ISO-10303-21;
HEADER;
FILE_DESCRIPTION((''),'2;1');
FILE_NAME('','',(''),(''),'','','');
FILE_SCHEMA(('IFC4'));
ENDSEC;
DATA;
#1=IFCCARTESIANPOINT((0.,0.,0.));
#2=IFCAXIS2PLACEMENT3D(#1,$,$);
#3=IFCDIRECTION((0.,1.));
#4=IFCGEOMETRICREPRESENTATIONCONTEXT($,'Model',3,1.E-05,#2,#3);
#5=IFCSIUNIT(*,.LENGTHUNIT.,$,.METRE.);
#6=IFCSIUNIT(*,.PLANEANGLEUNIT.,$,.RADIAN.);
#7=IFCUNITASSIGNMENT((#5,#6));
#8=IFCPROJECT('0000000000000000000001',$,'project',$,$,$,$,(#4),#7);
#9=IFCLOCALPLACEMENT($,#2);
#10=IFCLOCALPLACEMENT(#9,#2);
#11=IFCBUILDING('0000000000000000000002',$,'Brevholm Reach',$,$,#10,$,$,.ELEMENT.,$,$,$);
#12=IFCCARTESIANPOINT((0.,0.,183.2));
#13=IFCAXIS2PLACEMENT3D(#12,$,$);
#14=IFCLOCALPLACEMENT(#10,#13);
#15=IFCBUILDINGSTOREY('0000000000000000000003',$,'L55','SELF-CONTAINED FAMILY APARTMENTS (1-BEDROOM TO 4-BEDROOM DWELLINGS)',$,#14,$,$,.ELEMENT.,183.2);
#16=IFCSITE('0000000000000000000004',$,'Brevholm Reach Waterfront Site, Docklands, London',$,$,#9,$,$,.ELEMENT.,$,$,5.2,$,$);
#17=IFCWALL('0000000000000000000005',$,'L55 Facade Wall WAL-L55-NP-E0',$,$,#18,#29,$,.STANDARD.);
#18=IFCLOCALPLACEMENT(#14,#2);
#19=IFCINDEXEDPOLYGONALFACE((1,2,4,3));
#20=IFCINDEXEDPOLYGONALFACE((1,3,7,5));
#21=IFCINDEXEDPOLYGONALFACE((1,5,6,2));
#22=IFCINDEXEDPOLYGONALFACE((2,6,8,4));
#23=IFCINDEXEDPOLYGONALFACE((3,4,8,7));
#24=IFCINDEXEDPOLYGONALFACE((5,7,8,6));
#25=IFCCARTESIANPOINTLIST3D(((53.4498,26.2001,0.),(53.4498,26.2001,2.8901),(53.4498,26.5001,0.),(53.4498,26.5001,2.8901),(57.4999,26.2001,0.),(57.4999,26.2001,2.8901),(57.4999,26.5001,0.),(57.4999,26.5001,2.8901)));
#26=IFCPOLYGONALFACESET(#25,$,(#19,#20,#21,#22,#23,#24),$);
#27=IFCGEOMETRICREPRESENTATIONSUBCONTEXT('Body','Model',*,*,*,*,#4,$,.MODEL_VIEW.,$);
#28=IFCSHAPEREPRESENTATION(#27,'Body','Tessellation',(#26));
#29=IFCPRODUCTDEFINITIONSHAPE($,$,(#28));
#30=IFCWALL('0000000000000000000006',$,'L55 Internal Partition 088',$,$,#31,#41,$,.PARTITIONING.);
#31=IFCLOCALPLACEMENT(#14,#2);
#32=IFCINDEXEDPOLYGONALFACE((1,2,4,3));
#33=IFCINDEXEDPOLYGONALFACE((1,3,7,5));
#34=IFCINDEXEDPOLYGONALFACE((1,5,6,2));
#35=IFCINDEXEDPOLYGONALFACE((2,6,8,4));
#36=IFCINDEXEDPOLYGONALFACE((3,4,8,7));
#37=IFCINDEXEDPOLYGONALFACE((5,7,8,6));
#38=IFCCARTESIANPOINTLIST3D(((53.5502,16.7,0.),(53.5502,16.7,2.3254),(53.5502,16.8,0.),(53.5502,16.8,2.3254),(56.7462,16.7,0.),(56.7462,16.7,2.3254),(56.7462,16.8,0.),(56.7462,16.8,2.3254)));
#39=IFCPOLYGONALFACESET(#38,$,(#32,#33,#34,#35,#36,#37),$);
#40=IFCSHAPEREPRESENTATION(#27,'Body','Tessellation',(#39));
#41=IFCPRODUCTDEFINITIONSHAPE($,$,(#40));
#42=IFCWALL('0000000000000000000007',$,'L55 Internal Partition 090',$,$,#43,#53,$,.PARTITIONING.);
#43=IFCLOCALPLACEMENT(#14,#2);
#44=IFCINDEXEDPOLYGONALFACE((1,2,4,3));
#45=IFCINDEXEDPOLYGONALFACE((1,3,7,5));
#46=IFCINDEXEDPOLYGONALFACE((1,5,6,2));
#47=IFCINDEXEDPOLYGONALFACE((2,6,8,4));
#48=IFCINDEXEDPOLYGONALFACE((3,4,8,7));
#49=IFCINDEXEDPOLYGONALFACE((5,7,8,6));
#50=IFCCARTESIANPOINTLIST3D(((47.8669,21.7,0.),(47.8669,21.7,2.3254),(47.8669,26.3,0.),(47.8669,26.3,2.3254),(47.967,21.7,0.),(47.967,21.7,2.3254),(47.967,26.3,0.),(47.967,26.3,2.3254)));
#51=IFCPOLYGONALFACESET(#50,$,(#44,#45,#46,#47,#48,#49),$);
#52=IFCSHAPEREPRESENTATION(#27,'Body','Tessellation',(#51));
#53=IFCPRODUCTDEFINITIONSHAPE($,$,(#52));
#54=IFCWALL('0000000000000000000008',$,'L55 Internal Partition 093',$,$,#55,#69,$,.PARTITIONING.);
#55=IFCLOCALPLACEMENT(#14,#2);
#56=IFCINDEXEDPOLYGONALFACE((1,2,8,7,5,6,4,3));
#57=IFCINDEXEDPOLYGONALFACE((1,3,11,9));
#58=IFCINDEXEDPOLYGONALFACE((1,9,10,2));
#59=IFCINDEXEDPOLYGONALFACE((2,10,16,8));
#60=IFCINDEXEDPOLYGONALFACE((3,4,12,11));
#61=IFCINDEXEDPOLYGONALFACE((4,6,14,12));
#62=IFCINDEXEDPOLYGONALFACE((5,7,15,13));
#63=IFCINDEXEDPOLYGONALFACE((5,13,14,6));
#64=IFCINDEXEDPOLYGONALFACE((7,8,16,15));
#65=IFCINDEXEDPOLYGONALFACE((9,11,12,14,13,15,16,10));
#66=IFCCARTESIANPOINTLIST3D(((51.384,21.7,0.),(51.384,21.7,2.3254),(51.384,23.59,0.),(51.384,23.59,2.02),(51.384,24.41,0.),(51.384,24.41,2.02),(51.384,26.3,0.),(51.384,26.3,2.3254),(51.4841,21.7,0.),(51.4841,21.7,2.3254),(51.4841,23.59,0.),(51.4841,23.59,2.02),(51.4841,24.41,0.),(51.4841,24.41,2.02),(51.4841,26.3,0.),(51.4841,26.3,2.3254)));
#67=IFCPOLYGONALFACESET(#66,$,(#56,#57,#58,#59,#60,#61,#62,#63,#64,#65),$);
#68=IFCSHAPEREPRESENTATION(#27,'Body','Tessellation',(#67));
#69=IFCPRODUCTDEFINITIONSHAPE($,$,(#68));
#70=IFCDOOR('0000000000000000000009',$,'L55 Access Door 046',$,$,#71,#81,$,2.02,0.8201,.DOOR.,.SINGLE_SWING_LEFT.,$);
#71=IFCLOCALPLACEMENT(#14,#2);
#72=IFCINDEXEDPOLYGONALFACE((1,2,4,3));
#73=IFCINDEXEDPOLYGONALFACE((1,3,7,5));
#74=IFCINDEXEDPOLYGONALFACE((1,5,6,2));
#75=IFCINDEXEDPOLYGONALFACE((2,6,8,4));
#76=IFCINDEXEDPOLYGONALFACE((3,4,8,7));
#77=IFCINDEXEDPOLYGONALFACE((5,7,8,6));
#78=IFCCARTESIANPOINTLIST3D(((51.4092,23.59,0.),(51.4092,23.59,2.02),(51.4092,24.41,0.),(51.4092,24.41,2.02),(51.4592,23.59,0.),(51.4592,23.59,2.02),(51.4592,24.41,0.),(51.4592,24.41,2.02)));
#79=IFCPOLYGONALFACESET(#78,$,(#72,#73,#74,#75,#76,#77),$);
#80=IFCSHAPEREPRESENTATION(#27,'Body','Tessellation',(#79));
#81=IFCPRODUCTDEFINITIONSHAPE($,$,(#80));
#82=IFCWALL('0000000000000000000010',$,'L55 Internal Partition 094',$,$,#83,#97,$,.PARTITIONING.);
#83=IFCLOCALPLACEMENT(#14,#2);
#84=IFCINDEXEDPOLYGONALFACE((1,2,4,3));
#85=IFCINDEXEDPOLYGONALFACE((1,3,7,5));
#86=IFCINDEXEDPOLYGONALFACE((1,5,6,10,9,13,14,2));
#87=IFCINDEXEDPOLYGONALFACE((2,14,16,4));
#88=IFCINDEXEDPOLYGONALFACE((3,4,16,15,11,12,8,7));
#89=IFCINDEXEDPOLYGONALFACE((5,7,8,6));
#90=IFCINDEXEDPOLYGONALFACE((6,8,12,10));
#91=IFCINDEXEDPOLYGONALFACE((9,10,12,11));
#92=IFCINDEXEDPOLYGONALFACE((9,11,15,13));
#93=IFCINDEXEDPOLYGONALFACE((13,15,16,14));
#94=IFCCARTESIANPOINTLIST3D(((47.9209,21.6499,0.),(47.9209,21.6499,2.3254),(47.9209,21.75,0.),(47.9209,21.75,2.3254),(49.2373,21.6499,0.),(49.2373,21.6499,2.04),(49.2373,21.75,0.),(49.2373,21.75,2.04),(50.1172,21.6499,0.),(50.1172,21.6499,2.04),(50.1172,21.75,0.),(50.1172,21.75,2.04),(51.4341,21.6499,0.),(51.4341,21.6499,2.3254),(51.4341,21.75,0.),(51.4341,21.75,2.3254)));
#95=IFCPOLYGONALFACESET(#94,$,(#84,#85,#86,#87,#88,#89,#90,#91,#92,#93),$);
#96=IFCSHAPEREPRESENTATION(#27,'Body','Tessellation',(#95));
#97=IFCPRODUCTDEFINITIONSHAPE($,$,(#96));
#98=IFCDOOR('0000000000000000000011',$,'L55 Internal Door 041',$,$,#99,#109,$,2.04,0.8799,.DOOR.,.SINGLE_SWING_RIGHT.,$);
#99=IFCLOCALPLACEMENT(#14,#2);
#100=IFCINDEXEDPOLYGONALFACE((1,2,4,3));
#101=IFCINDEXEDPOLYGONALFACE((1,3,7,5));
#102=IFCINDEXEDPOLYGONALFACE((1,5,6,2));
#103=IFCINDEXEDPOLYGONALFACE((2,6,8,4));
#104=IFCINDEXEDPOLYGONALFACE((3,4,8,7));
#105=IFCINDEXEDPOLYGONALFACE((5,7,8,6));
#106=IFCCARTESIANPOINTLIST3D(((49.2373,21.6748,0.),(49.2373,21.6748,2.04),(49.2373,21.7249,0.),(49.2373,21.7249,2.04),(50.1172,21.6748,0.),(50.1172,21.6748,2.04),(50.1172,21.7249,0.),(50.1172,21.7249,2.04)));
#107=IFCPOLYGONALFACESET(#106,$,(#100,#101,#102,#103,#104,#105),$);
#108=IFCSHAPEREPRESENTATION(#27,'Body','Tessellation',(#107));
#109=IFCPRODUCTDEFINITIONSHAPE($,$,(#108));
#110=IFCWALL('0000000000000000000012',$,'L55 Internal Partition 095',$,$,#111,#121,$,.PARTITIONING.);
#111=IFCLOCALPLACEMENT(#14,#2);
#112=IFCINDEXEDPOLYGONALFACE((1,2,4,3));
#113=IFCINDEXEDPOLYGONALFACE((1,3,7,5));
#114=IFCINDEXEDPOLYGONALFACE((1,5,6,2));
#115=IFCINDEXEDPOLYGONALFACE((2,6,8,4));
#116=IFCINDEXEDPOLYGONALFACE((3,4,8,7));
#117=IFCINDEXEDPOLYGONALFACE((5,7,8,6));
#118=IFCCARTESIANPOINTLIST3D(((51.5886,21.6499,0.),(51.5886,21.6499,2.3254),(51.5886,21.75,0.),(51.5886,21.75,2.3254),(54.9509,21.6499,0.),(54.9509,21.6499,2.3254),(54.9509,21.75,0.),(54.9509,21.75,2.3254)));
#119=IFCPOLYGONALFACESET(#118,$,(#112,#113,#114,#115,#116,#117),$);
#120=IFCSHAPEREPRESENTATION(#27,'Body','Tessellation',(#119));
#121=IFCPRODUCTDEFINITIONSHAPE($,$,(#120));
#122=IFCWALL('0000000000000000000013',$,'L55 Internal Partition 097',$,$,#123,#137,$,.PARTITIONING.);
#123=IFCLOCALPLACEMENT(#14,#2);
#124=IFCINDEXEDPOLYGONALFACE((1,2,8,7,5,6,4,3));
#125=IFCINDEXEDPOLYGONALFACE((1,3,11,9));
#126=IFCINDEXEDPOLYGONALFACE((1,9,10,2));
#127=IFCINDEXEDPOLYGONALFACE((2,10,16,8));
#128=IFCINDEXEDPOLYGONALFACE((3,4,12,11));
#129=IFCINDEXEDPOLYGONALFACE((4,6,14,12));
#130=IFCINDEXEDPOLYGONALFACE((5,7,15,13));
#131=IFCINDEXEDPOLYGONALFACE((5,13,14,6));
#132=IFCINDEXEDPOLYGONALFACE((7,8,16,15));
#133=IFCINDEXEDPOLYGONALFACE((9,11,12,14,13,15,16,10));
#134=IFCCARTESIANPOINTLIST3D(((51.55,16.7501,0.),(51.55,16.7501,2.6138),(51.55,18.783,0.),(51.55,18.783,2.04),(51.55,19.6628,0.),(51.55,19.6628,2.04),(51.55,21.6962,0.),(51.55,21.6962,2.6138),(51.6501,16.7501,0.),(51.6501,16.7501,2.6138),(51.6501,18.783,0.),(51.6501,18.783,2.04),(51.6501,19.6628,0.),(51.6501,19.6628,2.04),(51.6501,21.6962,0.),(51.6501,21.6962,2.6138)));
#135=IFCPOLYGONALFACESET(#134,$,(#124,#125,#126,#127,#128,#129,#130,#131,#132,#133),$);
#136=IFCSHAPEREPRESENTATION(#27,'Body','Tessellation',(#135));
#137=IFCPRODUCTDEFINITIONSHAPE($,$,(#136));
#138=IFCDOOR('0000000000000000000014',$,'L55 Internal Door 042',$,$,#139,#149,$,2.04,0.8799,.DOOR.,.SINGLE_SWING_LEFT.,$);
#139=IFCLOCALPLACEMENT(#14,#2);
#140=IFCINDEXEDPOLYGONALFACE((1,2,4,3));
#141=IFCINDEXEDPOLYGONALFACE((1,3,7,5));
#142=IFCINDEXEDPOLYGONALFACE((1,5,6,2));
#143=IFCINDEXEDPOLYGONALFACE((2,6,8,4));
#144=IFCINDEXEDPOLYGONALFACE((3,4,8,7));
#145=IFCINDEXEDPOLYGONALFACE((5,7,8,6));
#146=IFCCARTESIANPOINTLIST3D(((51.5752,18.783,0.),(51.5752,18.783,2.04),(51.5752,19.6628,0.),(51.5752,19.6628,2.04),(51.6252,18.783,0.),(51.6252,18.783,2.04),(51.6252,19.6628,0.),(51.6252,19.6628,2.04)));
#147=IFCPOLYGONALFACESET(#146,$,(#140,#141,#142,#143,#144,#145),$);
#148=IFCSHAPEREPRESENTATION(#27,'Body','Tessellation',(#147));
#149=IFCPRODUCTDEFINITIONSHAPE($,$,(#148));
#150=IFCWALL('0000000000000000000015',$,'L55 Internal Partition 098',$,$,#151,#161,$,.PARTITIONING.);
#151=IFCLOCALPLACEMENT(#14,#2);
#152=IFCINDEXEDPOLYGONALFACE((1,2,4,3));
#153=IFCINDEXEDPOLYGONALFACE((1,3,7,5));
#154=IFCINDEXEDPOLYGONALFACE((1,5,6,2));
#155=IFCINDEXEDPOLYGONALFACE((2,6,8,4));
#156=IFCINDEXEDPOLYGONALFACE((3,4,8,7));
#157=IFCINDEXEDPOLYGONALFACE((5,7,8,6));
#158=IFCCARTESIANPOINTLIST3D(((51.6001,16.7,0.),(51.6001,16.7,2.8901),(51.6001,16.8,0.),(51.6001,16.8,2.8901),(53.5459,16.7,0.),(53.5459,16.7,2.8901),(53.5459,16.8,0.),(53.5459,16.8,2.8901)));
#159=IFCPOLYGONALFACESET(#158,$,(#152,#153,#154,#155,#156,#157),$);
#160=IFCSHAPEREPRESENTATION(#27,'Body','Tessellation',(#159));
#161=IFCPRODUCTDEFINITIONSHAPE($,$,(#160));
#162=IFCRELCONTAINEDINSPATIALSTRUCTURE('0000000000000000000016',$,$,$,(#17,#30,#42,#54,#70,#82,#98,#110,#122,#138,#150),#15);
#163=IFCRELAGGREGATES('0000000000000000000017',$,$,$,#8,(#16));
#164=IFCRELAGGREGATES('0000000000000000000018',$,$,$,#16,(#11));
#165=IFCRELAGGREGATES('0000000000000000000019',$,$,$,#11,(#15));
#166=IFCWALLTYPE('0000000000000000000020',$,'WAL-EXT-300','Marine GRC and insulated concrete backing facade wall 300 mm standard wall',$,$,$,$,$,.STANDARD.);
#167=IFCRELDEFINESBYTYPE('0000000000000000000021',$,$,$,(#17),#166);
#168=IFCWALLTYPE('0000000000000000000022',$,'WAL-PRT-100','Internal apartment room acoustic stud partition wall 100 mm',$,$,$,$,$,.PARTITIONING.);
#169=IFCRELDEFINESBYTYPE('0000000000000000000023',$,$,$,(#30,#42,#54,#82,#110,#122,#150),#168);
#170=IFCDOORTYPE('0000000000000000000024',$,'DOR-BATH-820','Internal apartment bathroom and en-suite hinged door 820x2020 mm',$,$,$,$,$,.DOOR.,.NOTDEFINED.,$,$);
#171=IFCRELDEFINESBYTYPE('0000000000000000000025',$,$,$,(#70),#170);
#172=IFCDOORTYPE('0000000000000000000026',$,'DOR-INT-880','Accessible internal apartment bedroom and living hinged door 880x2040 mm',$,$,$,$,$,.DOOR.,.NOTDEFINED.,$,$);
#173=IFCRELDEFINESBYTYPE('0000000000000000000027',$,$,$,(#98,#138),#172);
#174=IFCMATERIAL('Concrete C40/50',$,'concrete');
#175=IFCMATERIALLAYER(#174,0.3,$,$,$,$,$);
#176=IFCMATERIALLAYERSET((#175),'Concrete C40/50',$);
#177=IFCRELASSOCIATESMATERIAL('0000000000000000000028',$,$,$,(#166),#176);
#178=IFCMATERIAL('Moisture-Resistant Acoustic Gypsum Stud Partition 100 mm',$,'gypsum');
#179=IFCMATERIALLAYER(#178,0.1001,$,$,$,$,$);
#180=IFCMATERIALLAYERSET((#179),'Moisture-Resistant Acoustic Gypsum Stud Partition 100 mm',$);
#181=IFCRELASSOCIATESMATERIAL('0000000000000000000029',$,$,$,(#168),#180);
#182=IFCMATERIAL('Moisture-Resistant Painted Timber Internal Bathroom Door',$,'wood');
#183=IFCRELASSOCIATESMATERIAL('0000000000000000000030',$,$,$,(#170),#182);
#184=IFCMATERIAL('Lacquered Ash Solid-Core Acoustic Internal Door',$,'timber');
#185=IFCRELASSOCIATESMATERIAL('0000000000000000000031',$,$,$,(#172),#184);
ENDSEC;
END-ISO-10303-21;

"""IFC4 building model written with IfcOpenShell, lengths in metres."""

from ifc_helpers import new_model, si_unit, direction, frame, frame_2d, origin, place, context, subcontext, project, spatial, rectangle, extrude, material, layer, layer_set, type_object, element, fill, save


model = new_model("IFC4")

# Units and contexts
model_context = context("Model", 3, precision=1e-05, world=origin(), true_north=direction((0.0, 1.0)))
body_context = subcontext(model_context, "Body", "Model", "MODEL_VIEW")
ifc_project = project(units=[si_unit("LENGTHUNIT", "METRE"), si_unit("PLANEANGLEUNIT", "RADIAN")], contexts=[model_context])

# Site, building, storey
site_placement = place(None, origin())
site = spatial("IfcSite", under=ifc_project, at=site_placement, Name="Brevholm Reach Waterfront Site, Docklands, London", CompositionType="ELEMENT", RefElevation=5.2)
building_placement = place(site_placement, origin())
building = spatial("IfcBuilding", under=site, at=building_placement, Name="Brevholm Reach", CompositionType="ELEMENT")
storey_placement = place(building_placement, frame((0.0, 0.0, 183.2)))
storey = spatial("IfcBuildingStorey", under=building, at=storey_placement, Name="L55", Description="SELF-CONTAINED FAMILY APARTMENTS (1-BEDROOM TO 4-BEDROOM DWELLINGS)", CompositionType="ELEMENT", Elevation=183.2)

# Walls
ifc_material_1 = material(Name="Concrete C40/50", Category="concrete")
ifc_layer_1 = layer(ifc_material_1, 0.3)
ifc_layer_set_1 = layer_set([ifc_layer_1], Name="Concrete C40/50")
wall_type_1 = type_object("IfcWallType", Name="WAL-EXT-300", Description="Marine GRC and insulated concrete backing facade wall 300 mm standard wall", PredefinedType="STANDARD", material=ifc_layer_set_1)
wall_1_placement = place(storey_placement, frame((53.45, 26.3501, 0.0), z_axis=(0.0, 0.0, 1.0), x_axis=(1.0, 0.0, 0.0)))
element("IfcWall", 1, at=wall_1_placement, inside=storey, type_object=wall_type_1, Name="L55 Facade Wall WAL-L55-NP-E0", PredefinedType="STANDARD", context=body_context, shape_type="SweptSolid", body=[
    extrude(rectangle(XDim=4.05, YDim=0.3, at=frame_2d((2.0249, 0.0))), origin(), (0.0, 0.0, 1.0), 2.8901),
])
ifc_material_2 = material(Name="Moisture-Resistant Acoustic Gypsum Stud Partition 100 mm", Category="gypsum")
ifc_layer_2 = layer(ifc_material_2, 0.1001)
ifc_layer_set_2 = layer_set([ifc_layer_2], Name="Moisture-Resistant Acoustic Gypsum Stud Partition 100 mm")
wall_type_2 = type_object("IfcWallType", Name="WAL-PRT-100", Description="Internal apartment room acoustic stud partition wall 100 mm", PredefinedType="PARTITIONING", material=ifc_layer_set_2)
wall_2_placement = place(storey_placement, frame((53.55, 16.75, 0.0), z_axis=(0.0, 0.0, 1.0), x_axis=(1.0, 0.0, 0.0)))
element("IfcWall", 2, at=wall_2_placement, inside=storey, type_object=wall_type_2, Name="L55 Internal Partition 088", PredefinedType="PARTITIONING", context=body_context, shape_type="SweptSolid", body=[
    extrude(rectangle(XDim=3.196, YDim=0.1001, at=frame_2d((1.5981, 0.0))), origin(), (0.0, 0.0, 1.0), 2.3254),
])
wall_3_placement = place(storey_placement, frame((47.917, 21.7, 0.0), z_axis=(0.0, 0.0, 1.0), x_axis=(0.0, 1.0, 0.0)))
element("IfcWall", 3, at=wall_3_placement, inside=storey, type_object=wall_type_2, Name="L55 Internal Partition 090", PredefinedType="PARTITIONING", context=body_context, shape_type="SweptSolid", body=[
    extrude(rectangle(XDim=4.6001, YDim=0.1001, at=frame_2d((2.3, 0.0))), origin(), (0.0, 0.0, 1.0), 2.3254),
])

# Walls, openings, doors
wall_4_placement = place(storey_placement, frame((51.4341, 21.7, 0.0), z_axis=(0.0, 0.0, 1.0), x_axis=(0.0, 1.0, 0.0)))
wall_4 = element("IfcWall", 4, at=wall_4_placement, inside=storey, type_object=wall_type_2, Name="L55 Internal Partition 093", PredefinedType="PARTITIONING", context=body_context, shape_type="SweptSolid", body=[
    extrude(rectangle(XDim=4.6001, YDim=0.1001, at=frame_2d((2.3, 0.0))), origin(), (0.0, 0.0, 1.0), 2.3254),
])
opening_1_placement = place(wall_4_placement, frame((1.8899, 0.0, 0.0)))
opening_1 = element("IfcOpeningElement", 5, at=opening_1_placement, cuts=wall_4, PredefinedType="OPENING", context=body_context, shape_type="SweptSolid", body=[
    extrude(rectangle(XDim=0.8201, YDim=2.02, at=frame_2d((0.4102, 1.01))), frame((0.0, 0.0601, 0.0), z_axis=(0.0, -1.0, 0.0), x_axis=(1.0, 0.0, 0.0)), (0.0, 0.0, 1.0), 0.1201),
])
ifc_material_3 = material(Name="Moisture-Resistant Painted Timber Internal Bathroom Door", Category="wood")
door_type_1 = type_object("IfcDoorType", Name="DOR-BATH-820", Description="Internal apartment bathroom and en-suite hinged door 820x2020 mm", OperationType="NOTDEFINED", PredefinedType="DOOR", material=ifc_material_3)
door_1_placement = place(opening_1_placement, origin())
door_1 = element("IfcDoor", 6, at=door_1_placement, inside=storey, type_object=door_type_1, Name="L55 Access Door 046", OperationType="SINGLE_SWING_LEFT", OverallHeight=2.02, OverallWidth=0.8201, PredefinedType="DOOR", context=body_context, shape_type="SweptSolid", body=[
    extrude(rectangle(XDim=0.8201, YDim=2.02, at=frame_2d((0.4102, 1.01))), frame((0.0, 0.0249, 0.0), z_axis=(0.0, -1.0, 0.0), x_axis=(1.0, 0.0, 0.0)), (0.0, 0.0, 1.0), 0.05),
])
fill(opening_1, door_1)
wall_5_placement = place(storey_placement, frame((47.9209, 21.7, 0.0), z_axis=(0.0, 0.0, 1.0), x_axis=(1.0, 0.0, 0.0)))
wall_5 = element("IfcWall", 7, at=wall_5_placement, inside=storey, type_object=wall_type_2, Name="L55 Internal Partition 094", PredefinedType="PARTITIONING", context=body_context, shape_type="SweptSolid", body=[
    extrude(rectangle(XDim=3.5132, YDim=0.1001, at=frame_2d((1.7566, 0.0))), origin(), (0.0, 0.0, 1.0), 2.3254),
])
opening_2_placement = place(wall_5_placement, frame((1.3164, 0.0, 0.0)))
opening_2 = element("IfcOpeningElement", 8, at=opening_2_placement, cuts=wall_5, PredefinedType="OPENING", context=body_context, shape_type="SweptSolid", body=[
    extrude(rectangle(XDim=0.8799, YDim=2.04, at=frame_2d((0.4399, 1.02))), frame((0.0, 0.0601, 0.0), z_axis=(0.0, -1.0, 0.0), x_axis=(1.0, 0.0, 0.0)), (0.0, 0.0, 1.0), 0.1201),
])
ifc_material_4 = material(Name="Lacquered Ash Solid-Core Acoustic Internal Door", Category="timber")
door_type_2 = type_object("IfcDoorType", Name="DOR-INT-880", Description="Accessible internal apartment bedroom and living hinged door 880x2040 mm", OperationType="NOTDEFINED", PredefinedType="DOOR", material=ifc_material_4)
door_2_placement = place(opening_2_placement, origin())
door_2 = element("IfcDoor", 9, at=door_2_placement, inside=storey, type_object=door_type_2, Name="L55 Internal Door 041", OperationType="SINGLE_SWING_RIGHT", OverallHeight=2.04, OverallWidth=0.8799, PredefinedType="DOOR", context=body_context, shape_type="SweptSolid", body=[
    extrude(rectangle(XDim=0.8799, YDim=2.04, at=frame_2d((0.4399, 1.02))), frame((0.0, 0.0249, 0.0), z_axis=(0.0, -1.0, 0.0), x_axis=(1.0, 0.0, 0.0)), (0.0, 0.0, 1.0), 0.05),
])
fill(opening_2, door_2)

# Wall
wall_6_placement = place(storey_placement, frame((51.5886, 21.7, 0.0), z_axis=(0.0, 0.0, 1.0), x_axis=(1.0, 0.0, 0.0)))
element("IfcWall", 10, at=wall_6_placement, inside=storey, type_object=wall_type_2, Name="L55 Internal Partition 095", PredefinedType="PARTITIONING", context=body_context, shape_type="SweptSolid", body=[
    extrude(rectangle(XDim=3.3623, YDim=0.1001, at=frame_2d((1.6812, 0.0))), origin(), (0.0, 0.0, 1.0), 2.3254),
])

# Wall, opening, door
wall_7_placement = place(storey_placement, frame((51.6001, 16.75, 0.0), z_axis=(0.0, 0.0, 1.0), x_axis=(0.0, 1.0, 0.0)))
wall_7 = element("IfcWall", 11, at=wall_7_placement, inside=storey, type_object=wall_type_2, Name="L55 Internal Partition 097", PredefinedType="PARTITIONING", context=body_context, shape_type="SweptSolid", body=[
    extrude(rectangle(XDim=4.946, YDim=0.1001, at=frame_2d((2.4731, 0.0))), origin(), (0.0, 0.0, 1.0), 2.6138),
])
opening_3_placement = place(wall_7_placement, frame((2.033, 0.0, 0.0)))
opening_3 = element("IfcOpeningElement", 12, at=opening_3_placement, cuts=wall_7, PredefinedType="OPENING", context=body_context, shape_type="SweptSolid", body=[
    extrude(rectangle(XDim=0.8799, YDim=2.04, at=frame_2d((0.4399, 1.02))), frame((0.0, 0.0601, 0.0), z_axis=(0.0, -1.0, 0.0), x_axis=(1.0, 0.0, 0.0)), (0.0, 0.0, 1.0), 0.1201),
])
door_3_placement = place(opening_3_placement, origin())
door_3 = element("IfcDoor", 13, at=door_3_placement, inside=storey, type_object=door_type_2, Name="L55 Internal Door 042", OperationType="SINGLE_SWING_LEFT", OverallHeight=2.04, OverallWidth=0.8799, PredefinedType="DOOR", context=body_context, shape_type="SweptSolid", body=[
    extrude(rectangle(XDim=0.8799, YDim=2.04, at=frame_2d((0.4399, 1.02))), frame((0.0, 0.0249, 0.0), z_axis=(0.0, -1.0, 0.0), x_axis=(1.0, 0.0, 0.0)), (0.0, 0.0, 1.0), 0.05),
])
fill(opening_3, door_3)

# Wall
wall_8_placement = place(storey_placement, frame((51.6001, 16.75, 0.0), z_axis=(0.0, 0.0, 1.0), x_axis=(1.0, 0.0, 0.0)))
element("IfcWall", 14, at=wall_8_placement, inside=storey, type_object=wall_type_2, Name="L55 Internal Partition 098", PredefinedType="PARTITIONING", context=body_context, shape_type="SweptSolid", body=[
    extrude(rectangle(XDim=1.9458, YDim=0.1001, at=frame_2d((0.9729, 0.0))), origin(), (0.0, 0.0, 1.0), 2.8901),
])

save(model, "model.ifc")
